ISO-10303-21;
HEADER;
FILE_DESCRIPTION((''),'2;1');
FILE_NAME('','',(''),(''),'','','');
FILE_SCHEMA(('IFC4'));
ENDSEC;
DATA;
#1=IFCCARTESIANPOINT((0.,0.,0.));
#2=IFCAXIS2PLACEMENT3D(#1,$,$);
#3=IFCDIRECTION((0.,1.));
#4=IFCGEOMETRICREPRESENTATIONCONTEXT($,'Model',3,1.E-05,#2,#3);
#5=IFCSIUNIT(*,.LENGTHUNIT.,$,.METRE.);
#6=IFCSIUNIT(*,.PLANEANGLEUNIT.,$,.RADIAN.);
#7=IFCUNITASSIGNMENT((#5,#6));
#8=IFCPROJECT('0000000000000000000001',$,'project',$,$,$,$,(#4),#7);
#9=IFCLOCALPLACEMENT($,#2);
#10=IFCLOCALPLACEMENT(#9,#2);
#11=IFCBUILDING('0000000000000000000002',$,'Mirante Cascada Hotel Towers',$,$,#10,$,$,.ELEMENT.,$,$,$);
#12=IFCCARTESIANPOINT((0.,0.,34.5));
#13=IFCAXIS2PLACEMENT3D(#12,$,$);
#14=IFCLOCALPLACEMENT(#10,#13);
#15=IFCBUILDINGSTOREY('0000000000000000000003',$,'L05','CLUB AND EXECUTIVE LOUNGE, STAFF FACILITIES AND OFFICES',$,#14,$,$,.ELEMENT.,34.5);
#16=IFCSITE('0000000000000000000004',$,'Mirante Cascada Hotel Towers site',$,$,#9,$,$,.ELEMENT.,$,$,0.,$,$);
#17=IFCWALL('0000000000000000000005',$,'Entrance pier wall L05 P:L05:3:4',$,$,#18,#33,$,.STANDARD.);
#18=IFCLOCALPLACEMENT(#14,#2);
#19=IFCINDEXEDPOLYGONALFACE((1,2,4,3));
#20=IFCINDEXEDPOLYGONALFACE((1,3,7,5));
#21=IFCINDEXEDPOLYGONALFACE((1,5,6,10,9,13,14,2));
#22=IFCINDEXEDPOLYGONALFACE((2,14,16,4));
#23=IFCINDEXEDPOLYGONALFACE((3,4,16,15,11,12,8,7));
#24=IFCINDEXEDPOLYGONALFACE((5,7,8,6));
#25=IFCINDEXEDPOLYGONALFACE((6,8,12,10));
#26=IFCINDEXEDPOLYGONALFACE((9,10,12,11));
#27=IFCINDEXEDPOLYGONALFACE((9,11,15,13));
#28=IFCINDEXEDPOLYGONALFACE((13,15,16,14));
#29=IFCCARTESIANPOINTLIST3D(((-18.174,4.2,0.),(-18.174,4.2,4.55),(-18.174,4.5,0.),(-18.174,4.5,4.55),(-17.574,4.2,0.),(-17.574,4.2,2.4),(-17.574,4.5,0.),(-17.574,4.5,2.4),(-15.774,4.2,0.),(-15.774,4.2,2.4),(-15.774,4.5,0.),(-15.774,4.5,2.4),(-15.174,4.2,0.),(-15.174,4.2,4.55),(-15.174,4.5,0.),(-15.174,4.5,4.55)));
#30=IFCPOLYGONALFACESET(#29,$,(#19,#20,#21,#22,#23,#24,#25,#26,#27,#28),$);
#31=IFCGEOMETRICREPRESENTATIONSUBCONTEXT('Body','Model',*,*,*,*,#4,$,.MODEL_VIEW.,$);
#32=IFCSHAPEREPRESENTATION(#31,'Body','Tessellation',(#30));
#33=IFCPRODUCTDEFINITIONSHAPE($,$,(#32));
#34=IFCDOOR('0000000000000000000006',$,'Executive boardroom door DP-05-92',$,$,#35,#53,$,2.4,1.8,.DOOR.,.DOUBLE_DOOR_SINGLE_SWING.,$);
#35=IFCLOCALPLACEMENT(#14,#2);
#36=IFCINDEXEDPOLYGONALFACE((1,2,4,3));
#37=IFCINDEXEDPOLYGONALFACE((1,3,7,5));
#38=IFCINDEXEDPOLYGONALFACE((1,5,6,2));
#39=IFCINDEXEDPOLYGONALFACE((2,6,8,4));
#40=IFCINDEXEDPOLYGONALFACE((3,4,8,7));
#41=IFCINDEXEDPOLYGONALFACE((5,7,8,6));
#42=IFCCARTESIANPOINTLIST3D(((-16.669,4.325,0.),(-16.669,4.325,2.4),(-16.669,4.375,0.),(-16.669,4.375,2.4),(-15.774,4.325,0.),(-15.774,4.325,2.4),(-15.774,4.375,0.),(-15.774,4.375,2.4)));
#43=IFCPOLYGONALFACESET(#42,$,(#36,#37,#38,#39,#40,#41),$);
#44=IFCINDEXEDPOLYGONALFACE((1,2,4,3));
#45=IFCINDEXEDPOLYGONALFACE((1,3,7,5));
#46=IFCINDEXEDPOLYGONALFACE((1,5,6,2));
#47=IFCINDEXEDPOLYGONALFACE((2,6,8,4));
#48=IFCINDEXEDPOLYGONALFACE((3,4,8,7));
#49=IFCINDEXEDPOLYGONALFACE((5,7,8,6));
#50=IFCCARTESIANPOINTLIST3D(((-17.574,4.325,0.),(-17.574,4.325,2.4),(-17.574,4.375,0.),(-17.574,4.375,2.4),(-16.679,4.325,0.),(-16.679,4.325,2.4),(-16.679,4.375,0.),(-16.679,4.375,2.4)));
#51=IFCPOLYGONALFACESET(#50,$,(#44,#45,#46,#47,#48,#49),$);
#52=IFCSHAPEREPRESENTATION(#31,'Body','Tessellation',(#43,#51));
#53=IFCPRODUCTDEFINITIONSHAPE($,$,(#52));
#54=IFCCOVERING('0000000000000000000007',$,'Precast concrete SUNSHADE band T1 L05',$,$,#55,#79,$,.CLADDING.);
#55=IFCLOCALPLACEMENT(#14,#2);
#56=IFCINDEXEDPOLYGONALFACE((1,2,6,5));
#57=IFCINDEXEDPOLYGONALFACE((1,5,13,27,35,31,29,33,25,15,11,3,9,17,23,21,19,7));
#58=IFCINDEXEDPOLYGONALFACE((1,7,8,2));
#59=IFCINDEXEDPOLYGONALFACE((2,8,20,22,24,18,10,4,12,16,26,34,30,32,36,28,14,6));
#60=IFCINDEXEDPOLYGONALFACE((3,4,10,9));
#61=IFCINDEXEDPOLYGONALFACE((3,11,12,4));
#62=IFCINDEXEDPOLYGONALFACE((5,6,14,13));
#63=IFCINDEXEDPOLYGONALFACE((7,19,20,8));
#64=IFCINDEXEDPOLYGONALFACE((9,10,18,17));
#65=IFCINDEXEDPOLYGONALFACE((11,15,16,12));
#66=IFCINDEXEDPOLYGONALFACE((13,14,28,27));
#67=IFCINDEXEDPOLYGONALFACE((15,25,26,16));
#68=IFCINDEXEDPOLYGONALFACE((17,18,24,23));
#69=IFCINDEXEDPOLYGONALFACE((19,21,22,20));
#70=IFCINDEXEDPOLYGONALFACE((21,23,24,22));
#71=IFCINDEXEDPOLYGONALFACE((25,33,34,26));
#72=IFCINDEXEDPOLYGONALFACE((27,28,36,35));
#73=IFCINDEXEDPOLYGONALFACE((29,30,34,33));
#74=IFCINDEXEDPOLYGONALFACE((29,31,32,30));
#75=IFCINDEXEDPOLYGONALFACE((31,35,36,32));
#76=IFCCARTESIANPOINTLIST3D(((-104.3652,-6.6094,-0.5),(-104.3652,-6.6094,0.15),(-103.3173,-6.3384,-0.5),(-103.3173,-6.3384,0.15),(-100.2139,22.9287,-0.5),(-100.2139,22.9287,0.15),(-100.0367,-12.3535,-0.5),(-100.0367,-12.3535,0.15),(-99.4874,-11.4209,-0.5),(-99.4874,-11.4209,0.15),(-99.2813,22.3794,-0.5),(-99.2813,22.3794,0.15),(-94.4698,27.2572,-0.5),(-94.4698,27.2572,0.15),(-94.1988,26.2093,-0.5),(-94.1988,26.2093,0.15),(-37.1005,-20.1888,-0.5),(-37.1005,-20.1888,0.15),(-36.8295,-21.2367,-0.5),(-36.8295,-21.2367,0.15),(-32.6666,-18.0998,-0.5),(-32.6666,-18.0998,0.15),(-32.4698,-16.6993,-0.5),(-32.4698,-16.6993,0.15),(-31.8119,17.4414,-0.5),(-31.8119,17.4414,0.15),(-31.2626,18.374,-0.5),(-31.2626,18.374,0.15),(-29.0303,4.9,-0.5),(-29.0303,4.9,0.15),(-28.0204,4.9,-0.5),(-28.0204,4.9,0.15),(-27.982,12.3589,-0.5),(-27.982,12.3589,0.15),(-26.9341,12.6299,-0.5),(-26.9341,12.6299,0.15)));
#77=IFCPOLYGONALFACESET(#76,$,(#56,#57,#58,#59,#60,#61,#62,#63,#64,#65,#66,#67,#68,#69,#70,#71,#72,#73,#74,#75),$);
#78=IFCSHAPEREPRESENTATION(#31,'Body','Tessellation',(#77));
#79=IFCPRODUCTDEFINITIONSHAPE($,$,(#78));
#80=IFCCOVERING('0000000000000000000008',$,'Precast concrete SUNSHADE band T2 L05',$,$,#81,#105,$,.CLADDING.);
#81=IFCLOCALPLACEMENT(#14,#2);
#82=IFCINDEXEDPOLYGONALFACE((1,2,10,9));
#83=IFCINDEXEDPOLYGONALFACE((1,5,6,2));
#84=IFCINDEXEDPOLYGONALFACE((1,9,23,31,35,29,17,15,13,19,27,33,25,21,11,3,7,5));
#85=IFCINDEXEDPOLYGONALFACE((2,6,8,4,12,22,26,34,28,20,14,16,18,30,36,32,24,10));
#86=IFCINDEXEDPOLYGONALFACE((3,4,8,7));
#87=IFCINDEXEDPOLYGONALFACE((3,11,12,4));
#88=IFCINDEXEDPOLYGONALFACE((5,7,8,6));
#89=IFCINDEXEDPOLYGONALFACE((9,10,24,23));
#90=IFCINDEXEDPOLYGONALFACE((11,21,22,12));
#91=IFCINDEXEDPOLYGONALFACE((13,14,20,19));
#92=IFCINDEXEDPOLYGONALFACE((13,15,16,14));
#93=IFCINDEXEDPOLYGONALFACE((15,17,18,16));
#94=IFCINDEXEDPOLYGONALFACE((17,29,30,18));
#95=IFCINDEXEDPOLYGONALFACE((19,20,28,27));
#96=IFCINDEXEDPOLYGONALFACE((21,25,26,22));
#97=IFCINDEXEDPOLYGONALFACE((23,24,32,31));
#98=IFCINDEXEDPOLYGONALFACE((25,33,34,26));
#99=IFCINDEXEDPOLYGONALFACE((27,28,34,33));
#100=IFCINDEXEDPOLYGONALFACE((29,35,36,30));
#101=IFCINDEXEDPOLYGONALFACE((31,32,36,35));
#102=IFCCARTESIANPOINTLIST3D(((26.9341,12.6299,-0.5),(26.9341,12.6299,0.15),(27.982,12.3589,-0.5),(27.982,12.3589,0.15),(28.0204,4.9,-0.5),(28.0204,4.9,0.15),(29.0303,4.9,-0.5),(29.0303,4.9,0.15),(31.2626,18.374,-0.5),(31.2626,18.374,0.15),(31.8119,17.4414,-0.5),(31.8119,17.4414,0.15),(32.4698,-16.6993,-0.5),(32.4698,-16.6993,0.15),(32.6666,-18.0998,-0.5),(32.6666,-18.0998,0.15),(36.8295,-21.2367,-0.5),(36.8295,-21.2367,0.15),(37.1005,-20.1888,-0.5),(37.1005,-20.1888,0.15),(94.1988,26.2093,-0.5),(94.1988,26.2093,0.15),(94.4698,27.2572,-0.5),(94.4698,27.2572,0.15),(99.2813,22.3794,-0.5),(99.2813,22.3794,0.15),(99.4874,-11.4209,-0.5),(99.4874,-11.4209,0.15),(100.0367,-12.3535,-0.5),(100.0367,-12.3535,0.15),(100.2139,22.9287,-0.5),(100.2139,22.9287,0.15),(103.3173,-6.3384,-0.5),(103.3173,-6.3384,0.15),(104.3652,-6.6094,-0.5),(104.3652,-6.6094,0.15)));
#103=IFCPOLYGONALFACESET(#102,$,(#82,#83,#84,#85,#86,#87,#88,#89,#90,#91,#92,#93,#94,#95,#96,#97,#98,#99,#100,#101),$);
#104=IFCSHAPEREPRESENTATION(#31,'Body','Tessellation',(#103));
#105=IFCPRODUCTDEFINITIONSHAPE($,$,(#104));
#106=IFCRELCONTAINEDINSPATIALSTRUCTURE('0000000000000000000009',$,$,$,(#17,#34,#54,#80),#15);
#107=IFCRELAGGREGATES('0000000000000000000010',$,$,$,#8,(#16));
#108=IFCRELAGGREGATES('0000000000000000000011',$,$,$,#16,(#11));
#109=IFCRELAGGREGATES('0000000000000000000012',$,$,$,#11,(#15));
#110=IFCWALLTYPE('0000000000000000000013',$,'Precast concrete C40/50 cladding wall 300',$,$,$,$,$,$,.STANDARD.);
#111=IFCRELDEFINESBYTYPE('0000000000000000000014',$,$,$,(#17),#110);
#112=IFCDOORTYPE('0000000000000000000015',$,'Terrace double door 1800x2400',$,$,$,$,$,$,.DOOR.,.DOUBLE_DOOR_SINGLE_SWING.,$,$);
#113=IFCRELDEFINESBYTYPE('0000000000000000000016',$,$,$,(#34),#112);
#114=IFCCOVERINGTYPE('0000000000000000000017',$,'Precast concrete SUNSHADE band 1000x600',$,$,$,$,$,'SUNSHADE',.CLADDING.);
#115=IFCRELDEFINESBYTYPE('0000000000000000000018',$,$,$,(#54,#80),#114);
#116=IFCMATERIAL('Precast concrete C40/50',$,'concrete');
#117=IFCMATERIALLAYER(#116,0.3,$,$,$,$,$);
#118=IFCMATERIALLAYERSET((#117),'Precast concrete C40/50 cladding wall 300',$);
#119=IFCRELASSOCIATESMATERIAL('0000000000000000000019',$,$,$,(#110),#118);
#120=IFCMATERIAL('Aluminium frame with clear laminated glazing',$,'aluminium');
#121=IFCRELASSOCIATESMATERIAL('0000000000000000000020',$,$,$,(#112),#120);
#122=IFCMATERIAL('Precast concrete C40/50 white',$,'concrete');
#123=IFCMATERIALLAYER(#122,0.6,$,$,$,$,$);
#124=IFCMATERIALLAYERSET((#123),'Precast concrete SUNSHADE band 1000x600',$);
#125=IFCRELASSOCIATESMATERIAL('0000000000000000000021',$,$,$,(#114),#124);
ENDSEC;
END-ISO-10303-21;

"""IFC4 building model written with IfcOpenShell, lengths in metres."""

from ifc_helpers import new_model, si_unit, direction, frame, frame_2d, origin, place, context, subcontext, project, spatial, polyline, rectangle, outline, extrude, material, layer, layer_set, type_object, element, fill, save


model = new_model("IFC4")

# Units and contexts
model_context = context("Model", 3, precision=1e-05, world=origin(), true_north=direction((0.0, 1.0)))
body_context = subcontext(model_context, "Body", "Model", "MODEL_VIEW")
ifc_project = project(units=[si_unit("LENGTHUNIT", "METRE"), si_unit("PLANEANGLEUNIT", "RADIAN")], contexts=[model_context])

# Site, building, storey
site_placement = place(None, origin())
site = spatial("IfcSite", under=ifc_project, at=site_placement, Name="Mirante Cascada Hotel Towers site", CompositionType="ELEMENT", RefElevation=0.0)
building_placement = place(site_placement, origin())
building = spatial("IfcBuilding", under=site, at=building_placement, Name="Mirante Cascada Hotel Towers", CompositionType="ELEMENT")
storey_placement = place(building_placement, frame((0.0, 0.0, 34.5)))
storey = spatial("IfcBuildingStorey", under=building, at=storey_placement, Name="L05", Description="CLUB AND EXECUTIVE LOUNGE, STAFF FACILITIES AND OFFICES", CompositionType="ELEMENT", Elevation=34.5)

# Wall, opening, door
ifc_material_1 = material(Name="Precast concrete C40/50", Category="concrete")
ifc_layer_1 = layer(ifc_material_1, 0.3)
ifc_layer_set_1 = layer_set([ifc_layer_1], Name="Precast concrete C40/50 cladding wall 300")
wall_type_1 = type_object("IfcWallType", Name="Precast concrete C40/50 cladding wall 300", PredefinedType="STANDARD", material=ifc_layer_set_1)
wall_1_placement = place(storey_placement, frame((-15.174, 4.35, 0.0), z_axis=(0.0, 0.0, 1.0), x_axis=(-1.0, 0.0, 0.0)))
wall_1 = element("IfcWall", 1, at=wall_1_placement, inside=storey, type_object=wall_type_1, Name="Entrance pier wall L05 P:L05:3:4", PredefinedType="STANDARD", context=body_context, shape_type="SweptSolid", body=[
    extrude(rectangle(XDim=3.0, YDim=0.3, at=frame_2d((1.5, 0.0))), origin(), (0.0, 0.0, 1.0), 4.55),
])
opening_placement = place(wall_1_placement, frame((0.6, 0.0, 0.0)))
opening = element("IfcOpeningElement", 2, at=opening_placement, cuts=wall_1, PredefinedType="OPENING", context=body_context, shape_type="SweptSolid", body=[
    extrude(rectangle(XDim=1.8, YDim=2.4, at=frame_2d((0.9, 1.2))), frame((0.0, 0.15, 0.0), z_axis=(0.0, -1.0, 0.0), x_axis=(1.0, 0.0, 0.0)), (0.0, 0.0, 1.0), 0.3),
])
ifc_material_2 = material(Name="Aluminium frame with clear laminated glazing", Category="aluminium")
door_type = type_object("IfcDoorType", Name="Terrace double door 1800x2400", OperationType="DOUBLE_DOOR_SINGLE_SWING", PredefinedType="DOOR", material=ifc_material_2)
door_placement = place(opening_placement, origin())
door = element("IfcDoor", 3, at=door_placement, inside=storey, type_object=door_type, Name="Executive boardroom door DP-05-92", OperationType="DOUBLE_DOOR_SINGLE_SWING", OverallHeight=2.4, OverallWidth=1.8, PredefinedType="DOOR", context=body_context, shape_type="SweptSolid", body=[
    extrude(rectangle(XDim=0.895, YDim=2.4, at=frame_2d((0.4475, 1.2))), frame((0.0, 0.025, 0.0), z_axis=(0.0, -1.0, 0.0), x_axis=(1.0, 0.0, 0.0)), (0.0, 0.0, 1.0), 0.05),
    extrude(rectangle(XDim=0.895, YDim=2.4, at=frame_2d((1.3525, 1.2))), frame((0.0, 0.025, 0.0), z_axis=(0.0, -1.0, 0.0), x_axis=(1.0, 0.0, 0.0)), (0.0, 0.0, 1.0), 0.05),
])
fill(opening, door)

# Coverings
ifc_material_3 = material(Name="Precast concrete C40/50 white", Category="concrete")
ifc_layer_2 = layer(ifc_material_3, 0.6)
ifc_layer_set_2 = layer_set([ifc_layer_2], Name="Precast concrete SUNSHADE band 1000x600")
covering_type = type_object("IfcCoveringType", Name="Precast concrete SUNSHADE band 1000x600", ElementType="SUNSHADE", PredefinedType="CLADDING", material=ifc_layer_set_2)
covering_1_placement = place(storey_placement, frame((0.0, 0.0, -0.5)))
element("IfcCovering", 4, at=covering_1_placement, inside=storey, type_object=covering_type, Name="Precast concrete SUNSHADE band T1 L05", PredefinedType="CLADDING", context=body_context, shape_type="SweptSolid", body=[
    extrude(outline(polyline([(-100.2139, 22.9287), (-94.4698, 27.2572), (-31.2626, 18.374), (-26.9341, 12.6299), (-28.0204, 4.9), (-29.0303, 4.9), (-27.982, 12.3589), (-31.8119, 17.4414), (-94.1988, 26.2093), (-99.2813, 22.3794), (-103.3173, -6.3384), (-99.4874, -11.4209), (-37.1005, -20.1888), (-32.4698, -16.6993), (-32.6666, -18.0998), (-36.8295, -21.2367), (-100.0367, -12.3535), (-104.3652, -6.6094), (-100.2139, 22.9287)])), origin(), (0.0, 0.0, 1.0), 0.65),
])
covering_2_placement = place(storey_placement, frame((0.0, 0.0, -0.5)))
element("IfcCovering", 5, at=covering_2_placement, inside=storey, type_object=covering_type, Name="Precast concrete SUNSHADE band T2 L05", PredefinedType="CLADDING", context=body_context, shape_type="SweptSolid", body=[
    extrude(outline(polyline([(31.2626, 18.374), (94.4698, 27.2572), (100.2139, 22.9287), (104.3652, -6.6094), (100.0367, -12.3535), (36.8295, -21.2367), (32.6666, -18.0998), (32.4698, -16.6993), (37.1005, -20.1888), (99.4874, -11.4209), (103.3173, -6.3384), (99.2813, 22.3794), (94.1988, 26.2093), (31.8119, 17.4414), (27.982, 12.3589), (29.0303, 4.9), (28.0204, 4.9), (26.9341, 12.6299), (31.2626, 18.374)])), origin(), (0.0, 0.0, 1.0), 0.65),
])

save(model, "model.ifc")
